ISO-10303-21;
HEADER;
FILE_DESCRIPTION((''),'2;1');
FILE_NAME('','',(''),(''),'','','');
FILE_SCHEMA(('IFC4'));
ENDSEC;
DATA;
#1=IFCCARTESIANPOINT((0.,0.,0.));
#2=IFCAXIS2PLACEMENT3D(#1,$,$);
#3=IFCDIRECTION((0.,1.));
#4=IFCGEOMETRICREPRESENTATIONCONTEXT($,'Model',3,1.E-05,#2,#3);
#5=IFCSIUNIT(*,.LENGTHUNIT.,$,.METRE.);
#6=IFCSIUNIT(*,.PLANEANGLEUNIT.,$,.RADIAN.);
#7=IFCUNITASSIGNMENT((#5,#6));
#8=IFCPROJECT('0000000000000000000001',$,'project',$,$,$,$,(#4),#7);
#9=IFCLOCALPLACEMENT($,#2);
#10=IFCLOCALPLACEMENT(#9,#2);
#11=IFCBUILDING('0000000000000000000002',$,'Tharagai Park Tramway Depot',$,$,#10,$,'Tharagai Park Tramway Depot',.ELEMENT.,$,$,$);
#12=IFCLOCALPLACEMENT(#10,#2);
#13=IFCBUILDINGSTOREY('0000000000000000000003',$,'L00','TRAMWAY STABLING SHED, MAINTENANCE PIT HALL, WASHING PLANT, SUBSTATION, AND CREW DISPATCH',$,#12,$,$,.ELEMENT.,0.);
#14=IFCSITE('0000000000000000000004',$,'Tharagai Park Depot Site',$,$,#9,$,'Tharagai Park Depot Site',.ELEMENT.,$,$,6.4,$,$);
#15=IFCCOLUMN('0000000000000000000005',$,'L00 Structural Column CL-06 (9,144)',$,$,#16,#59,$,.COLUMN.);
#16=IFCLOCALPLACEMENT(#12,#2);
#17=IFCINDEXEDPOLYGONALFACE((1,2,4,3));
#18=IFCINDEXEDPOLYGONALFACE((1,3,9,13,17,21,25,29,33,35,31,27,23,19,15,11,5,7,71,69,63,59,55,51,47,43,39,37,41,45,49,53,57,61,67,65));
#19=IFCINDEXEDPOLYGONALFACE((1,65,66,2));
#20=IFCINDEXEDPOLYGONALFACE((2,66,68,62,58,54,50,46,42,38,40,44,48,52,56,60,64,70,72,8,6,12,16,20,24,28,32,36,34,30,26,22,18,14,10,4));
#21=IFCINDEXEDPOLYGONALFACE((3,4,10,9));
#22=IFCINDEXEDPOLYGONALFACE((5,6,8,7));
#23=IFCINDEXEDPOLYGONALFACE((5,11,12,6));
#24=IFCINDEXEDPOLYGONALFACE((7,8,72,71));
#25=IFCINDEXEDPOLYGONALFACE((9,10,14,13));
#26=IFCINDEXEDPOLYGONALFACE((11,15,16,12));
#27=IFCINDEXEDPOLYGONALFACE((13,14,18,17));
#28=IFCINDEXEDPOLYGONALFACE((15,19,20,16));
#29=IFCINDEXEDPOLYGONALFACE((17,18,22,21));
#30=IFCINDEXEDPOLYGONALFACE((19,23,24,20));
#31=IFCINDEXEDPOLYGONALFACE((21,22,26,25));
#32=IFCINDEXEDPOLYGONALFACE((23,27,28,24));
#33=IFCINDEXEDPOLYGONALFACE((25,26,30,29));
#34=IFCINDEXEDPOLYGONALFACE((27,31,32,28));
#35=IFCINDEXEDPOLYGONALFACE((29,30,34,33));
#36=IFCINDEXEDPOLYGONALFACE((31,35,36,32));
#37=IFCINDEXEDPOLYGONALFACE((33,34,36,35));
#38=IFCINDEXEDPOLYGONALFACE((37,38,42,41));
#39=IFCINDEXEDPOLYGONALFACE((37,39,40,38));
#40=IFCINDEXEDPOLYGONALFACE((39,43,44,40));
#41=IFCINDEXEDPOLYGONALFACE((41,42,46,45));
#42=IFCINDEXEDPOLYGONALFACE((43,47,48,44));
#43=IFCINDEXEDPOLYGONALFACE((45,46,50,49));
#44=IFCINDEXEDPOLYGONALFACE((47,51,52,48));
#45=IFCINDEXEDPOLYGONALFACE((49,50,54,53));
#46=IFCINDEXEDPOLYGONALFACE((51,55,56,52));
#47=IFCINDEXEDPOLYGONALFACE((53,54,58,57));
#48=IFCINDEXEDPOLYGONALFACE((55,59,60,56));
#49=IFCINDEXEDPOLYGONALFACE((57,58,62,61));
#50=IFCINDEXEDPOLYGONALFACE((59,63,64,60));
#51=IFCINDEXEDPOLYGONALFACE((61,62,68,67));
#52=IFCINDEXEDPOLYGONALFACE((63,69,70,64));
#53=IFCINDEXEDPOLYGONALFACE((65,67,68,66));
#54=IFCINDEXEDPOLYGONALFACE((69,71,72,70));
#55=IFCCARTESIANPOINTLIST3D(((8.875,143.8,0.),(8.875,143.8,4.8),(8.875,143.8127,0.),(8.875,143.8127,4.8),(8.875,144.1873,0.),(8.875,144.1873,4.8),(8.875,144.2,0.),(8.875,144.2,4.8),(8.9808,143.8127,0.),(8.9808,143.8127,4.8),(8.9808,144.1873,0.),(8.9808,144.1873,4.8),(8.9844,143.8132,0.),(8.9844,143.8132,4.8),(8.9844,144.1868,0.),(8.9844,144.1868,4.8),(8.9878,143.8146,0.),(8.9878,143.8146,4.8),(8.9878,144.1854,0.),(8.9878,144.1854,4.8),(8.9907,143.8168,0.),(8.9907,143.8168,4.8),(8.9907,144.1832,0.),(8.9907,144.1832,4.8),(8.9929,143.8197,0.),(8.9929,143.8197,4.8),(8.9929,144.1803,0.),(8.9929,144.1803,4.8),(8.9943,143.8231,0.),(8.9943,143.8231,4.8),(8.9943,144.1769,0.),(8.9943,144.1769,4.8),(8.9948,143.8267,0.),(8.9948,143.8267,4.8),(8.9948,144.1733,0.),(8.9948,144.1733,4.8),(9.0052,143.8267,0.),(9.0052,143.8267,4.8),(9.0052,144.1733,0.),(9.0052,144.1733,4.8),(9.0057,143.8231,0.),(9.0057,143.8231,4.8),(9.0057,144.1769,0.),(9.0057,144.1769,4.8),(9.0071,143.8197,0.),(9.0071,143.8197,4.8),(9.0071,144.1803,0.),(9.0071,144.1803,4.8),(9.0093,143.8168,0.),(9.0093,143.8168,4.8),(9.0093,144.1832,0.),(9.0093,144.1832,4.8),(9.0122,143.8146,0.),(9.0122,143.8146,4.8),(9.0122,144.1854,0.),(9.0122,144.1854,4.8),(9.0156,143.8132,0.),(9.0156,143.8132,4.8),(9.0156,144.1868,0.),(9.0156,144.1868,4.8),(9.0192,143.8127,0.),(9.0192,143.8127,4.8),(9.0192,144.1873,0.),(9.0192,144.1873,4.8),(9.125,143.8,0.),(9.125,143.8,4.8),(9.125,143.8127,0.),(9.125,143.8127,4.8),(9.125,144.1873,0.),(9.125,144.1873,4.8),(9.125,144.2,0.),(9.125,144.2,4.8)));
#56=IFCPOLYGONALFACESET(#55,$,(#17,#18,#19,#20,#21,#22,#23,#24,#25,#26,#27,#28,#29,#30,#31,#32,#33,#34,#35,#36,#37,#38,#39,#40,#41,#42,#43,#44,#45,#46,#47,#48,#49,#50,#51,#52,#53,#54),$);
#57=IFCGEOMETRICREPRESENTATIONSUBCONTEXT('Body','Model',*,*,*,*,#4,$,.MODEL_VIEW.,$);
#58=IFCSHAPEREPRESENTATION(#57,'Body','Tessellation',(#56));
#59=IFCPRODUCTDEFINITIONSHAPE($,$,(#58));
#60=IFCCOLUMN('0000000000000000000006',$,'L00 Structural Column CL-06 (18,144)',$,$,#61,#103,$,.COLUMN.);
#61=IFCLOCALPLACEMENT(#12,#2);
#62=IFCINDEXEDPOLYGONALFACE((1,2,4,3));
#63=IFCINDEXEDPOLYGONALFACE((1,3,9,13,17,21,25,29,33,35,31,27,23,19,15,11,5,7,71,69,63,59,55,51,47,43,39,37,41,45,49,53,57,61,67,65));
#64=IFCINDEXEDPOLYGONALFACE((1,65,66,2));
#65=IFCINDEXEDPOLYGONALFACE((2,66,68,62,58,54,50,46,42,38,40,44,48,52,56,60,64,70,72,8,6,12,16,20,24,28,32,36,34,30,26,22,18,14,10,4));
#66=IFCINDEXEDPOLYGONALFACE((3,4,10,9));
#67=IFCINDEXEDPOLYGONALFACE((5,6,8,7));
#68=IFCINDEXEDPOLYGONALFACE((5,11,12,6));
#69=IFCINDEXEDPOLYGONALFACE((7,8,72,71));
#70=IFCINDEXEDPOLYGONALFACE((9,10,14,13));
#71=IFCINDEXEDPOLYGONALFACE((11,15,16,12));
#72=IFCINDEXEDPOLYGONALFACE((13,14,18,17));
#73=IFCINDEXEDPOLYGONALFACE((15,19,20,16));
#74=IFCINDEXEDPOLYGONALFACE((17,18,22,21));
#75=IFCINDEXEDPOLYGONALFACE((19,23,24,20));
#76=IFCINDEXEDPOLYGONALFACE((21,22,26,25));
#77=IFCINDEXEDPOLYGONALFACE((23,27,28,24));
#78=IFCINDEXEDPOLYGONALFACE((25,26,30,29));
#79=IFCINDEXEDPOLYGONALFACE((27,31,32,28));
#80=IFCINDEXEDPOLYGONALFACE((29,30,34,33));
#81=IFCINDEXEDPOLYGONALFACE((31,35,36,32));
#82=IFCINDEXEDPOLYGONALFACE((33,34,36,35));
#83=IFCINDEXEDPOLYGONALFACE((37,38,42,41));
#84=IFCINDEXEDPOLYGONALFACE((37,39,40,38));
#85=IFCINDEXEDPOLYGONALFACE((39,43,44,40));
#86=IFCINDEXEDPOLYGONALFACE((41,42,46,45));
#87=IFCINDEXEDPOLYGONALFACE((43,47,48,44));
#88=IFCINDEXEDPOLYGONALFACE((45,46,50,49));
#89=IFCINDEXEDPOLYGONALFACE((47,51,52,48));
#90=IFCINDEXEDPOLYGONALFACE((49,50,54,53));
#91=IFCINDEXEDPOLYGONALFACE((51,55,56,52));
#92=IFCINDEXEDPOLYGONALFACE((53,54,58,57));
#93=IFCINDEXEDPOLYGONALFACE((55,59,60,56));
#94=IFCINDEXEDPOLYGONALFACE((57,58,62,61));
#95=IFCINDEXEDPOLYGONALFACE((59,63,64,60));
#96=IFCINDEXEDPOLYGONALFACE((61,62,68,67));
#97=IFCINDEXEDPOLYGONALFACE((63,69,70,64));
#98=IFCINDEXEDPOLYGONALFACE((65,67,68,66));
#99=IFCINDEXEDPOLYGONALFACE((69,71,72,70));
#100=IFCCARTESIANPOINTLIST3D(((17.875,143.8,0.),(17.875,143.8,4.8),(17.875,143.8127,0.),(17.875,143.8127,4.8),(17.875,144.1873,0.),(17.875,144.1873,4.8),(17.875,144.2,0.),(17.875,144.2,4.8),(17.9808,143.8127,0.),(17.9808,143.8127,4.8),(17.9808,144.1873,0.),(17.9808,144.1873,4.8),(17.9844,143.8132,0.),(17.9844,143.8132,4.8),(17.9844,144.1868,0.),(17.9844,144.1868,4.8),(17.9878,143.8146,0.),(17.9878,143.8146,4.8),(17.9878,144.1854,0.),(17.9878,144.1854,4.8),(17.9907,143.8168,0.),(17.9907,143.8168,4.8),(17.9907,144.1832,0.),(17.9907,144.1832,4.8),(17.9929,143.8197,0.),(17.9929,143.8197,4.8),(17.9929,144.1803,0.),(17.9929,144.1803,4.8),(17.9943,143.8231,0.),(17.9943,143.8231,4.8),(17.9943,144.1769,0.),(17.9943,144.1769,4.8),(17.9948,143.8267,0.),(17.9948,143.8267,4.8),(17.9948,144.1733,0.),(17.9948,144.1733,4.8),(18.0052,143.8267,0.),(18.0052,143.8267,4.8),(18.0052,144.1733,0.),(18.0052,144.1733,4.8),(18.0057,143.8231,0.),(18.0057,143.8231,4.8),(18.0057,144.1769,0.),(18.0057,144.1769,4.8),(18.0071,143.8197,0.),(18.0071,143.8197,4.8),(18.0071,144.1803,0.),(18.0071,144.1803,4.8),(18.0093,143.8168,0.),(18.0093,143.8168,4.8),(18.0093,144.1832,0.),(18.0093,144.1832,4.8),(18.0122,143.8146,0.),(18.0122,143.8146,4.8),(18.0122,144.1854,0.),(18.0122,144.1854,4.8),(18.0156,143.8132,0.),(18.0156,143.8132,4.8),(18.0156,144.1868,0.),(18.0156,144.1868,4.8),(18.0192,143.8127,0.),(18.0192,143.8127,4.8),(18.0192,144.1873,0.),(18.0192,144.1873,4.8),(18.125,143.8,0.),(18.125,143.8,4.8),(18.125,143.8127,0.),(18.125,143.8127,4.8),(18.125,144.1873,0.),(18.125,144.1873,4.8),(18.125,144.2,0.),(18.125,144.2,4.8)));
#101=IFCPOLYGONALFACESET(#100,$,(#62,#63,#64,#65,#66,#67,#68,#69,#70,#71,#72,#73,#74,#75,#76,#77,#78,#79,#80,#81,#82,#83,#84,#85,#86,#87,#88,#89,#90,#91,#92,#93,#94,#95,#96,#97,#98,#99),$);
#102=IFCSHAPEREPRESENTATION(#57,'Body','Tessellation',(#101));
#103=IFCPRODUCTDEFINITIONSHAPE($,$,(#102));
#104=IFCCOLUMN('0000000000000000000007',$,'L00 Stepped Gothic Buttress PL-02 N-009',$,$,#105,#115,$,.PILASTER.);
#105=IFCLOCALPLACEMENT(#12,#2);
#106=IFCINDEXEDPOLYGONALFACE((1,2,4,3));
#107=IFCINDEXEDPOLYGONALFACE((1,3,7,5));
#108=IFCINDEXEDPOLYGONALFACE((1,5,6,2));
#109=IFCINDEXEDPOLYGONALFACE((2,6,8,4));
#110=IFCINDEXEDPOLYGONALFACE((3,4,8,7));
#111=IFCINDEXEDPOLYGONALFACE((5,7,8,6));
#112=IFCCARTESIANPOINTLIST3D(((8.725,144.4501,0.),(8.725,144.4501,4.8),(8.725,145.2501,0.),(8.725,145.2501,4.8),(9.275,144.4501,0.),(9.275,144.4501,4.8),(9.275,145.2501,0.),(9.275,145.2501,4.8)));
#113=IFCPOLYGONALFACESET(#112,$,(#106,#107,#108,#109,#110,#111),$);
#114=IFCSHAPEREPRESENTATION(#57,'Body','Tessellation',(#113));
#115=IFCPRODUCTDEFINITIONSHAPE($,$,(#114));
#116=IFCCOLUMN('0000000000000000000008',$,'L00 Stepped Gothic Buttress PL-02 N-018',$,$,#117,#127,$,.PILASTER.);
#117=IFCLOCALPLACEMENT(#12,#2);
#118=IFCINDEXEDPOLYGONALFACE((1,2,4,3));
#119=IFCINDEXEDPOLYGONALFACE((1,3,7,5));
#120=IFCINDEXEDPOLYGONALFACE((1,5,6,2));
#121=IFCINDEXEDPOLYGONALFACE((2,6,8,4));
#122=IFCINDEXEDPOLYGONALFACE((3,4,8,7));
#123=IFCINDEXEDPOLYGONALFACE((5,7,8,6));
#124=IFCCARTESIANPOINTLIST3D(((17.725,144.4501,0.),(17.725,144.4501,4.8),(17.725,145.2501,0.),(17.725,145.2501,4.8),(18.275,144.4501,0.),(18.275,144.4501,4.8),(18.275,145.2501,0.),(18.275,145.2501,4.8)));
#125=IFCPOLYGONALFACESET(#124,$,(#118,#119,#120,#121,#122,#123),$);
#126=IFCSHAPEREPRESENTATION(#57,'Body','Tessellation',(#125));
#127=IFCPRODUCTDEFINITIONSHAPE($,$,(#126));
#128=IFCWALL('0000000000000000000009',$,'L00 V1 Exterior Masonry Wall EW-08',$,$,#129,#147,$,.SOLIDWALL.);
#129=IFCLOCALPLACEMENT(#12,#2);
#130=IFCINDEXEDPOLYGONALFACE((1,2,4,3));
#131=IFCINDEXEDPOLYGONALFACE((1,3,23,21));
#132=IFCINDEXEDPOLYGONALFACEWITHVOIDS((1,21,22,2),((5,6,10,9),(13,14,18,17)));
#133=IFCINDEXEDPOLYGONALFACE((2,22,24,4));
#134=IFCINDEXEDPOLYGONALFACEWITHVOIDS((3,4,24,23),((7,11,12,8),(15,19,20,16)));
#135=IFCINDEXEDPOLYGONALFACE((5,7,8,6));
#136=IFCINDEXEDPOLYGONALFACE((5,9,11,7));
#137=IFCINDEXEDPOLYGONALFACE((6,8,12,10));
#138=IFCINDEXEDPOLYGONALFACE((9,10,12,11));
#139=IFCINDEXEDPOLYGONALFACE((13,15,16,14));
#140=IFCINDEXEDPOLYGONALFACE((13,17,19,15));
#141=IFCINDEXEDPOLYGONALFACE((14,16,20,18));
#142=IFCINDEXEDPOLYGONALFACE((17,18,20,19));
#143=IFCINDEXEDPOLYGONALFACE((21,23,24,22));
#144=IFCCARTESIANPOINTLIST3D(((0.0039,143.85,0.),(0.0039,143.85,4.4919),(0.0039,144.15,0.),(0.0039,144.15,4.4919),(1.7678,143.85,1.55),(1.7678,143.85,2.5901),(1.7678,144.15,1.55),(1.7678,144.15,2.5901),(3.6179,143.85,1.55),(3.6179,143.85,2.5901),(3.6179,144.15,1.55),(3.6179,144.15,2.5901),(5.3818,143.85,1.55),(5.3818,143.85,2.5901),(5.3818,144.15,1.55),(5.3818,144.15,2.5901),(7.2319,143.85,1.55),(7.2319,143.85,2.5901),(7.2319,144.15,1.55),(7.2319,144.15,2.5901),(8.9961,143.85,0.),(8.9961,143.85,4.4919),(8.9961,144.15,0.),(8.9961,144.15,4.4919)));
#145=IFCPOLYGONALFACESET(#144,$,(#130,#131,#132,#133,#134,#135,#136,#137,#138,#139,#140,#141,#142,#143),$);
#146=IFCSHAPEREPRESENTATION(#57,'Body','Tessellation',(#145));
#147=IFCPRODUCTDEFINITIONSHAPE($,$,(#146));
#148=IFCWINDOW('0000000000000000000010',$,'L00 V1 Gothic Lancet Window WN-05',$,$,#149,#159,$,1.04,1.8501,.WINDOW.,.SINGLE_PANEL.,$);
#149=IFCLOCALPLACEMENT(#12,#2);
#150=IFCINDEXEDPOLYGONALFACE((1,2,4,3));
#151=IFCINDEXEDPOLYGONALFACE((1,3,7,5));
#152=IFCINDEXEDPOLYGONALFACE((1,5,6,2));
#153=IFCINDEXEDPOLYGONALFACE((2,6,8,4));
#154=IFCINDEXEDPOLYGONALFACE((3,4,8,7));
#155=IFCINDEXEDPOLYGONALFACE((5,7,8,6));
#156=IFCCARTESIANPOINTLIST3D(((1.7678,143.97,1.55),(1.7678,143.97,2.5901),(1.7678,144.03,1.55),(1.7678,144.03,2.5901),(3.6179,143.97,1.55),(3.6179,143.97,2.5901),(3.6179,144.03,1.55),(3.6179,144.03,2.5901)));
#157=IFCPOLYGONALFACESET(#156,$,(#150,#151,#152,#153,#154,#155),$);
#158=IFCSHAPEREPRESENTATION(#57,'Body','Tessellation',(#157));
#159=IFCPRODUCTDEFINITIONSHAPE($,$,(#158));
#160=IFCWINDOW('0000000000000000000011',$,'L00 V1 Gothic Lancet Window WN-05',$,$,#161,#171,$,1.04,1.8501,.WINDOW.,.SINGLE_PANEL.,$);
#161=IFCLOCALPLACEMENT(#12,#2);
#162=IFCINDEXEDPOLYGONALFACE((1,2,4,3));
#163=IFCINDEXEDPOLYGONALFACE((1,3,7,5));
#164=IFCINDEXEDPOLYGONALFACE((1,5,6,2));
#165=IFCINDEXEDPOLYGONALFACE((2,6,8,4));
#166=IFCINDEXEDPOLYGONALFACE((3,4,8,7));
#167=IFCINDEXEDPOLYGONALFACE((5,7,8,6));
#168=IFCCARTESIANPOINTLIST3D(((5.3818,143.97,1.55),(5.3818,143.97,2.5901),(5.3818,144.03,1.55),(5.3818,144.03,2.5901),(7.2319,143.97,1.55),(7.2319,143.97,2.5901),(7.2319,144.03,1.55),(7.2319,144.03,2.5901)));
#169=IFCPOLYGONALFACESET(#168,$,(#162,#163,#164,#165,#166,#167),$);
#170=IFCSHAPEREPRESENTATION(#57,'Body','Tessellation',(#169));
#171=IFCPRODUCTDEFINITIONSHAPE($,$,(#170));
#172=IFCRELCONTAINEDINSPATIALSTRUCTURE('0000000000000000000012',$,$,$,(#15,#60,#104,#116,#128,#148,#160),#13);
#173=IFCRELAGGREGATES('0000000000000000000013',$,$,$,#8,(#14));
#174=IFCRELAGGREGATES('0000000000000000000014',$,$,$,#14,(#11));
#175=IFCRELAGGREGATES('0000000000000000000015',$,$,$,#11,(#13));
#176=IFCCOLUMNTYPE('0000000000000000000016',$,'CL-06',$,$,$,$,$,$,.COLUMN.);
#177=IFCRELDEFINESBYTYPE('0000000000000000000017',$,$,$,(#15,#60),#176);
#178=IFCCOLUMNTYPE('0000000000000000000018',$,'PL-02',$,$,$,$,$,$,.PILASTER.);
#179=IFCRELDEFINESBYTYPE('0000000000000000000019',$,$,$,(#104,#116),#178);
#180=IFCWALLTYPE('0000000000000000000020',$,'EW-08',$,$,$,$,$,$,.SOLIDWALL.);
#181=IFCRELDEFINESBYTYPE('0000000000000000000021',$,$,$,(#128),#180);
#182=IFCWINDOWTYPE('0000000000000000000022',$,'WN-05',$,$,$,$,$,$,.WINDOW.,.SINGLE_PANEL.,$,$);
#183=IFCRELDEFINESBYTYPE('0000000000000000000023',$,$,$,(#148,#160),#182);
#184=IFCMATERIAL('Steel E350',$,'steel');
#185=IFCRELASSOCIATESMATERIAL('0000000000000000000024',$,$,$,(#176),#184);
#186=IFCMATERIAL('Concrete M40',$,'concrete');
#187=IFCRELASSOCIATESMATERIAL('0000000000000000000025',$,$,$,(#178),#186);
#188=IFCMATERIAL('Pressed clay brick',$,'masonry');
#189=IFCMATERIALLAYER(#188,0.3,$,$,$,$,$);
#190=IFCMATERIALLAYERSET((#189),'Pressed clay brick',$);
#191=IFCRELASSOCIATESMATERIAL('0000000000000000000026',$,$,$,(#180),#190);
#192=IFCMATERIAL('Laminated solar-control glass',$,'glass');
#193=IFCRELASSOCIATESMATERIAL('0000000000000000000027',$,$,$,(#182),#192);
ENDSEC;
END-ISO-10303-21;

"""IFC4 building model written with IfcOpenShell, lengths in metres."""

from ifc_helpers import new_model, si_unit, direction, frame, frame_2d, origin, origin_2d, place, context, subcontext, project, spatial, rectangle, i_section, extrude, material, layer, layer_set, material_profile, profile_set, type_object, element, fill, save


model = new_model("IFC4")

# Units and contexts
model_context = context("Model", 3, precision=1e-05, world=origin(), true_north=direction((0.0, 1.0)))
body_context = subcontext(model_context, "Body", "Model", "MODEL_VIEW")
ifc_project = project(units=[si_unit("LENGTHUNIT", "METRE"), si_unit("PLANEANGLEUNIT", "RADIAN")], contexts=[model_context])

# Site, building, storey
site_placement = place(None, origin())
site = spatial("IfcSite", under=ifc_project, at=site_placement, Name="Tharagai Park Depot Site", LongName="Tharagai Park Depot Site", CompositionType="ELEMENT", RefElevation=6.4)
building_placement = place(site_placement, origin())
building = spatial("IfcBuilding", under=site, at=building_placement, Name="Tharagai Park Tramway Depot", LongName="Tharagai Park Tramway Depot", CompositionType="ELEMENT")
storey_placement = place(building_placement, origin())
storey = spatial("IfcBuildingStorey", under=building, at=storey_placement, Name="L00", Description="TRAMWAY STABLING SHED, MAINTENANCE PIT HALL, WASHING PLANT, SUBSTATION, AND CREW DISPATCH", CompositionType="ELEMENT", Elevation=0.0)

# Shared definitions
ifc_material_1 = material(Name="Concrete M40", Category="concrete")

# Columns
ifc_material_2 = material(Name="Steel E350", Category="steel")
ifc_material_profile_1 = material_profile(ifc_material_2, i_section(OverallWidth=0.25, OverallDepth=0.3999, WebThickness=0.0105, FlangeThickness=0.0127, FilletRadius=0.0139, at=origin_2d()), Name="ISHB 400")
ifc_profile_set_1 = profile_set([ifc_material_profile_1], Name="Steel E350")
column_type_1 = type_object("IfcColumnType", Name="CL-06", PredefinedType="COLUMN", material=ifc_profile_set_1)
for number, where, z_axis, x_axis, name in (
    (1, (9.0, 144.0, 0.0), (0.0, 0.0, 1.0), (1.0, 0.0, 0.0), "L00 Structural Column CL-06 (9,144)"),
    (2, (18.0, 144.0, 0.0), (0.0, 0.0, 1.0), (1.0, 0.0, 0.0), "L00 Structural Column CL-06 (18,144)"),
):
    element("IfcColumn", number, at=place(storey_placement, frame(where, z_axis=z_axis, x_axis=x_axis)), inside=storey, type_object=column_type_1, Name=name, PredefinedType="COLUMN", context=body_context, shape_type="SweptSolid", body=[
        extrude(i_section(OverallWidth=0.25, OverallDepth=0.3999, WebThickness=0.0105, FlangeThickness=0.0127, FilletRadius=0.0139, at=origin_2d()), origin(), (0.0, 0.0, 1.0), 4.8),
    ])
ifc_material_profile_2 = material_profile(ifc_material_1, rectangle(XDim=0.55, YDim=0.8, at=origin_2d()), Name="RC 550x800")
ifc_profile_set_2 = profile_set([ifc_material_profile_2], Name="Concrete M40")
column_type_2 = type_object("IfcColumnType", Name="PL-02", PredefinedType="PILASTER", material=ifc_profile_set_2)
for number, where, z_axis, x_axis, name in (
    (3, (9.0, 144.8501, 0.0), (0.0, 0.0, 1.0), (1.0, 0.0, 0.0), "L00 Stepped Gothic Buttress PL-02 N-009"),
    (4, (18.0, 144.8501, 0.0), (0.0, 0.0, 1.0), (1.0, 0.0, 0.0), "L00 Stepped Gothic Buttress PL-02 N-018"),
):
    element("IfcColumn", number, at=place(storey_placement, frame(where, z_axis=z_axis, x_axis=x_axis)), inside=storey, type_object=column_type_2, Name=name, PredefinedType="PILASTER", context=body_context, shape_type="SweptSolid", body=[
        extrude(rectangle(XDim=0.55, YDim=0.8, at=origin_2d()), origin(), (0.0, 0.0, 1.0), 4.8),
    ])

# Wall, openings, windows
ifc_material_3 = material(Name="Pressed clay brick", Category="masonry")
ifc_layer = layer(ifc_material_3, 0.3)
ifc_layer_set = layer_set([ifc_layer], Name="Pressed clay brick")
wall_type = type_object("IfcWallType", Name="EW-08", PredefinedType="SOLIDWALL", material=ifc_layer_set)
wall_1_placement = place(storey_placement, frame((0.0039, 144.0, 0.0), z_axis=(0.0, 0.0, 1.0), x_axis=(1.0, 0.0, 0.0)))
wall_1 = element("IfcWall", 5, at=wall_1_placement, inside=storey, type_object=wall_type, Name="L00 V1 Exterior Masonry Wall EW-08", PredefinedType="SOLIDWALL", context=body_context, shape_type="SweptSolid", body=[
    extrude(rectangle(XDim=8.9922, YDim=0.3, at=frame_2d((4.4961, 0.0))), origin(), (0.0, 0.0, 1.0), 4.4919),
])
opening_1_placement = place(wall_1_placement, frame((1.7639, 0.0, 1.55)))
opening_1 = element("IfcOpeningElement", 6, at=opening_1_placement, cuts=wall_1, PredefinedType="OPENING", context=body_context, shape_type="SweptSolid", body=[
    extrude(rectangle(XDim=1.8501, YDim=1.04, at=frame_2d((0.925, 0.52))), frame((0.0, 0.1599, 0.0), z_axis=(0.0, -1.0, 0.0), x_axis=(1.0, 0.0, 0.0)), (0.0, 0.0, 1.0), 0.3201),
])
opening_2_placement = place(wall_1_placement, frame((5.3779, 0.0, 1.55)))
opening_2 = element("IfcOpeningElement", 7, at=opening_2_placement, cuts=wall_1, PredefinedType="OPENING", context=body_context, shape_type="SweptSolid", body=[
    extrude(rectangle(XDim=1.8501, YDim=1.04, at=frame_2d((0.925, 0.52))), frame((0.0, 0.1599, 0.0), z_axis=(0.0, -1.0, 0.0), x_axis=(1.0, 0.0, 0.0)), (0.0, 0.0, 1.0), 0.3201),
])
ifc_material_4 = material(Name="Laminated solar-control glass", Category="glass")
window_type_1 = type_object("IfcWindowType", Name="WN-05", PartitioningType="SINGLE_PANEL", PredefinedType="WINDOW", material=ifc_material_4)
window_1_placement = place(opening_1_placement, origin())
window_1 = element("IfcWindow", 8, at=window_1_placement, inside=storey, type_object=window_type_1, Name="L00 V1 Gothic Lancet Window WN-05", OverallHeight=1.04, OverallWidth=1.8501, PartitioningType="SINGLE_PANEL", PredefinedType="WINDOW", context=body_context, shape_type="SweptSolid", body=[
    extrude(rectangle(XDim=1.8501, YDim=1.04, at=frame_2d((0.925, 0.52))), frame((0.0, 0.03, 0.0), z_axis=(0.0, -1.0, 0.0), x_axis=(1.0, 0.0, 0.0)), (0.0, 0.0, 1.0), 0.0601),
])
fill(opening_1, window_1)
window_2_placement = place(opening_2_placement, origin())
window_2 = element("IfcWindow", 9, at=window_2_placement, inside=storey, type_object=window_type_1, Name="L00 V1 Gothic Lancet Window WN-05", OverallHeight=1.04, OverallWidth=1.8501, PartitioningType="SINGLE_PANEL", PredefinedType="WINDOW", context=body_context, shape_type="SweptSolid", body=[
    extrude(rectangle(XDim=1.8501, YDim=1.04, at=frame_2d((0.925, 0.52))), frame((0.0, 0.03, 0.0), z_axis=(0.0, -1.0, 0.0), x_axis=(1.0, 0.0, 0.0)), (0.0, 0.0, 1.0), 0.0601),
])
fill(opening_2, window_2)

save(model, "model.ifc")
